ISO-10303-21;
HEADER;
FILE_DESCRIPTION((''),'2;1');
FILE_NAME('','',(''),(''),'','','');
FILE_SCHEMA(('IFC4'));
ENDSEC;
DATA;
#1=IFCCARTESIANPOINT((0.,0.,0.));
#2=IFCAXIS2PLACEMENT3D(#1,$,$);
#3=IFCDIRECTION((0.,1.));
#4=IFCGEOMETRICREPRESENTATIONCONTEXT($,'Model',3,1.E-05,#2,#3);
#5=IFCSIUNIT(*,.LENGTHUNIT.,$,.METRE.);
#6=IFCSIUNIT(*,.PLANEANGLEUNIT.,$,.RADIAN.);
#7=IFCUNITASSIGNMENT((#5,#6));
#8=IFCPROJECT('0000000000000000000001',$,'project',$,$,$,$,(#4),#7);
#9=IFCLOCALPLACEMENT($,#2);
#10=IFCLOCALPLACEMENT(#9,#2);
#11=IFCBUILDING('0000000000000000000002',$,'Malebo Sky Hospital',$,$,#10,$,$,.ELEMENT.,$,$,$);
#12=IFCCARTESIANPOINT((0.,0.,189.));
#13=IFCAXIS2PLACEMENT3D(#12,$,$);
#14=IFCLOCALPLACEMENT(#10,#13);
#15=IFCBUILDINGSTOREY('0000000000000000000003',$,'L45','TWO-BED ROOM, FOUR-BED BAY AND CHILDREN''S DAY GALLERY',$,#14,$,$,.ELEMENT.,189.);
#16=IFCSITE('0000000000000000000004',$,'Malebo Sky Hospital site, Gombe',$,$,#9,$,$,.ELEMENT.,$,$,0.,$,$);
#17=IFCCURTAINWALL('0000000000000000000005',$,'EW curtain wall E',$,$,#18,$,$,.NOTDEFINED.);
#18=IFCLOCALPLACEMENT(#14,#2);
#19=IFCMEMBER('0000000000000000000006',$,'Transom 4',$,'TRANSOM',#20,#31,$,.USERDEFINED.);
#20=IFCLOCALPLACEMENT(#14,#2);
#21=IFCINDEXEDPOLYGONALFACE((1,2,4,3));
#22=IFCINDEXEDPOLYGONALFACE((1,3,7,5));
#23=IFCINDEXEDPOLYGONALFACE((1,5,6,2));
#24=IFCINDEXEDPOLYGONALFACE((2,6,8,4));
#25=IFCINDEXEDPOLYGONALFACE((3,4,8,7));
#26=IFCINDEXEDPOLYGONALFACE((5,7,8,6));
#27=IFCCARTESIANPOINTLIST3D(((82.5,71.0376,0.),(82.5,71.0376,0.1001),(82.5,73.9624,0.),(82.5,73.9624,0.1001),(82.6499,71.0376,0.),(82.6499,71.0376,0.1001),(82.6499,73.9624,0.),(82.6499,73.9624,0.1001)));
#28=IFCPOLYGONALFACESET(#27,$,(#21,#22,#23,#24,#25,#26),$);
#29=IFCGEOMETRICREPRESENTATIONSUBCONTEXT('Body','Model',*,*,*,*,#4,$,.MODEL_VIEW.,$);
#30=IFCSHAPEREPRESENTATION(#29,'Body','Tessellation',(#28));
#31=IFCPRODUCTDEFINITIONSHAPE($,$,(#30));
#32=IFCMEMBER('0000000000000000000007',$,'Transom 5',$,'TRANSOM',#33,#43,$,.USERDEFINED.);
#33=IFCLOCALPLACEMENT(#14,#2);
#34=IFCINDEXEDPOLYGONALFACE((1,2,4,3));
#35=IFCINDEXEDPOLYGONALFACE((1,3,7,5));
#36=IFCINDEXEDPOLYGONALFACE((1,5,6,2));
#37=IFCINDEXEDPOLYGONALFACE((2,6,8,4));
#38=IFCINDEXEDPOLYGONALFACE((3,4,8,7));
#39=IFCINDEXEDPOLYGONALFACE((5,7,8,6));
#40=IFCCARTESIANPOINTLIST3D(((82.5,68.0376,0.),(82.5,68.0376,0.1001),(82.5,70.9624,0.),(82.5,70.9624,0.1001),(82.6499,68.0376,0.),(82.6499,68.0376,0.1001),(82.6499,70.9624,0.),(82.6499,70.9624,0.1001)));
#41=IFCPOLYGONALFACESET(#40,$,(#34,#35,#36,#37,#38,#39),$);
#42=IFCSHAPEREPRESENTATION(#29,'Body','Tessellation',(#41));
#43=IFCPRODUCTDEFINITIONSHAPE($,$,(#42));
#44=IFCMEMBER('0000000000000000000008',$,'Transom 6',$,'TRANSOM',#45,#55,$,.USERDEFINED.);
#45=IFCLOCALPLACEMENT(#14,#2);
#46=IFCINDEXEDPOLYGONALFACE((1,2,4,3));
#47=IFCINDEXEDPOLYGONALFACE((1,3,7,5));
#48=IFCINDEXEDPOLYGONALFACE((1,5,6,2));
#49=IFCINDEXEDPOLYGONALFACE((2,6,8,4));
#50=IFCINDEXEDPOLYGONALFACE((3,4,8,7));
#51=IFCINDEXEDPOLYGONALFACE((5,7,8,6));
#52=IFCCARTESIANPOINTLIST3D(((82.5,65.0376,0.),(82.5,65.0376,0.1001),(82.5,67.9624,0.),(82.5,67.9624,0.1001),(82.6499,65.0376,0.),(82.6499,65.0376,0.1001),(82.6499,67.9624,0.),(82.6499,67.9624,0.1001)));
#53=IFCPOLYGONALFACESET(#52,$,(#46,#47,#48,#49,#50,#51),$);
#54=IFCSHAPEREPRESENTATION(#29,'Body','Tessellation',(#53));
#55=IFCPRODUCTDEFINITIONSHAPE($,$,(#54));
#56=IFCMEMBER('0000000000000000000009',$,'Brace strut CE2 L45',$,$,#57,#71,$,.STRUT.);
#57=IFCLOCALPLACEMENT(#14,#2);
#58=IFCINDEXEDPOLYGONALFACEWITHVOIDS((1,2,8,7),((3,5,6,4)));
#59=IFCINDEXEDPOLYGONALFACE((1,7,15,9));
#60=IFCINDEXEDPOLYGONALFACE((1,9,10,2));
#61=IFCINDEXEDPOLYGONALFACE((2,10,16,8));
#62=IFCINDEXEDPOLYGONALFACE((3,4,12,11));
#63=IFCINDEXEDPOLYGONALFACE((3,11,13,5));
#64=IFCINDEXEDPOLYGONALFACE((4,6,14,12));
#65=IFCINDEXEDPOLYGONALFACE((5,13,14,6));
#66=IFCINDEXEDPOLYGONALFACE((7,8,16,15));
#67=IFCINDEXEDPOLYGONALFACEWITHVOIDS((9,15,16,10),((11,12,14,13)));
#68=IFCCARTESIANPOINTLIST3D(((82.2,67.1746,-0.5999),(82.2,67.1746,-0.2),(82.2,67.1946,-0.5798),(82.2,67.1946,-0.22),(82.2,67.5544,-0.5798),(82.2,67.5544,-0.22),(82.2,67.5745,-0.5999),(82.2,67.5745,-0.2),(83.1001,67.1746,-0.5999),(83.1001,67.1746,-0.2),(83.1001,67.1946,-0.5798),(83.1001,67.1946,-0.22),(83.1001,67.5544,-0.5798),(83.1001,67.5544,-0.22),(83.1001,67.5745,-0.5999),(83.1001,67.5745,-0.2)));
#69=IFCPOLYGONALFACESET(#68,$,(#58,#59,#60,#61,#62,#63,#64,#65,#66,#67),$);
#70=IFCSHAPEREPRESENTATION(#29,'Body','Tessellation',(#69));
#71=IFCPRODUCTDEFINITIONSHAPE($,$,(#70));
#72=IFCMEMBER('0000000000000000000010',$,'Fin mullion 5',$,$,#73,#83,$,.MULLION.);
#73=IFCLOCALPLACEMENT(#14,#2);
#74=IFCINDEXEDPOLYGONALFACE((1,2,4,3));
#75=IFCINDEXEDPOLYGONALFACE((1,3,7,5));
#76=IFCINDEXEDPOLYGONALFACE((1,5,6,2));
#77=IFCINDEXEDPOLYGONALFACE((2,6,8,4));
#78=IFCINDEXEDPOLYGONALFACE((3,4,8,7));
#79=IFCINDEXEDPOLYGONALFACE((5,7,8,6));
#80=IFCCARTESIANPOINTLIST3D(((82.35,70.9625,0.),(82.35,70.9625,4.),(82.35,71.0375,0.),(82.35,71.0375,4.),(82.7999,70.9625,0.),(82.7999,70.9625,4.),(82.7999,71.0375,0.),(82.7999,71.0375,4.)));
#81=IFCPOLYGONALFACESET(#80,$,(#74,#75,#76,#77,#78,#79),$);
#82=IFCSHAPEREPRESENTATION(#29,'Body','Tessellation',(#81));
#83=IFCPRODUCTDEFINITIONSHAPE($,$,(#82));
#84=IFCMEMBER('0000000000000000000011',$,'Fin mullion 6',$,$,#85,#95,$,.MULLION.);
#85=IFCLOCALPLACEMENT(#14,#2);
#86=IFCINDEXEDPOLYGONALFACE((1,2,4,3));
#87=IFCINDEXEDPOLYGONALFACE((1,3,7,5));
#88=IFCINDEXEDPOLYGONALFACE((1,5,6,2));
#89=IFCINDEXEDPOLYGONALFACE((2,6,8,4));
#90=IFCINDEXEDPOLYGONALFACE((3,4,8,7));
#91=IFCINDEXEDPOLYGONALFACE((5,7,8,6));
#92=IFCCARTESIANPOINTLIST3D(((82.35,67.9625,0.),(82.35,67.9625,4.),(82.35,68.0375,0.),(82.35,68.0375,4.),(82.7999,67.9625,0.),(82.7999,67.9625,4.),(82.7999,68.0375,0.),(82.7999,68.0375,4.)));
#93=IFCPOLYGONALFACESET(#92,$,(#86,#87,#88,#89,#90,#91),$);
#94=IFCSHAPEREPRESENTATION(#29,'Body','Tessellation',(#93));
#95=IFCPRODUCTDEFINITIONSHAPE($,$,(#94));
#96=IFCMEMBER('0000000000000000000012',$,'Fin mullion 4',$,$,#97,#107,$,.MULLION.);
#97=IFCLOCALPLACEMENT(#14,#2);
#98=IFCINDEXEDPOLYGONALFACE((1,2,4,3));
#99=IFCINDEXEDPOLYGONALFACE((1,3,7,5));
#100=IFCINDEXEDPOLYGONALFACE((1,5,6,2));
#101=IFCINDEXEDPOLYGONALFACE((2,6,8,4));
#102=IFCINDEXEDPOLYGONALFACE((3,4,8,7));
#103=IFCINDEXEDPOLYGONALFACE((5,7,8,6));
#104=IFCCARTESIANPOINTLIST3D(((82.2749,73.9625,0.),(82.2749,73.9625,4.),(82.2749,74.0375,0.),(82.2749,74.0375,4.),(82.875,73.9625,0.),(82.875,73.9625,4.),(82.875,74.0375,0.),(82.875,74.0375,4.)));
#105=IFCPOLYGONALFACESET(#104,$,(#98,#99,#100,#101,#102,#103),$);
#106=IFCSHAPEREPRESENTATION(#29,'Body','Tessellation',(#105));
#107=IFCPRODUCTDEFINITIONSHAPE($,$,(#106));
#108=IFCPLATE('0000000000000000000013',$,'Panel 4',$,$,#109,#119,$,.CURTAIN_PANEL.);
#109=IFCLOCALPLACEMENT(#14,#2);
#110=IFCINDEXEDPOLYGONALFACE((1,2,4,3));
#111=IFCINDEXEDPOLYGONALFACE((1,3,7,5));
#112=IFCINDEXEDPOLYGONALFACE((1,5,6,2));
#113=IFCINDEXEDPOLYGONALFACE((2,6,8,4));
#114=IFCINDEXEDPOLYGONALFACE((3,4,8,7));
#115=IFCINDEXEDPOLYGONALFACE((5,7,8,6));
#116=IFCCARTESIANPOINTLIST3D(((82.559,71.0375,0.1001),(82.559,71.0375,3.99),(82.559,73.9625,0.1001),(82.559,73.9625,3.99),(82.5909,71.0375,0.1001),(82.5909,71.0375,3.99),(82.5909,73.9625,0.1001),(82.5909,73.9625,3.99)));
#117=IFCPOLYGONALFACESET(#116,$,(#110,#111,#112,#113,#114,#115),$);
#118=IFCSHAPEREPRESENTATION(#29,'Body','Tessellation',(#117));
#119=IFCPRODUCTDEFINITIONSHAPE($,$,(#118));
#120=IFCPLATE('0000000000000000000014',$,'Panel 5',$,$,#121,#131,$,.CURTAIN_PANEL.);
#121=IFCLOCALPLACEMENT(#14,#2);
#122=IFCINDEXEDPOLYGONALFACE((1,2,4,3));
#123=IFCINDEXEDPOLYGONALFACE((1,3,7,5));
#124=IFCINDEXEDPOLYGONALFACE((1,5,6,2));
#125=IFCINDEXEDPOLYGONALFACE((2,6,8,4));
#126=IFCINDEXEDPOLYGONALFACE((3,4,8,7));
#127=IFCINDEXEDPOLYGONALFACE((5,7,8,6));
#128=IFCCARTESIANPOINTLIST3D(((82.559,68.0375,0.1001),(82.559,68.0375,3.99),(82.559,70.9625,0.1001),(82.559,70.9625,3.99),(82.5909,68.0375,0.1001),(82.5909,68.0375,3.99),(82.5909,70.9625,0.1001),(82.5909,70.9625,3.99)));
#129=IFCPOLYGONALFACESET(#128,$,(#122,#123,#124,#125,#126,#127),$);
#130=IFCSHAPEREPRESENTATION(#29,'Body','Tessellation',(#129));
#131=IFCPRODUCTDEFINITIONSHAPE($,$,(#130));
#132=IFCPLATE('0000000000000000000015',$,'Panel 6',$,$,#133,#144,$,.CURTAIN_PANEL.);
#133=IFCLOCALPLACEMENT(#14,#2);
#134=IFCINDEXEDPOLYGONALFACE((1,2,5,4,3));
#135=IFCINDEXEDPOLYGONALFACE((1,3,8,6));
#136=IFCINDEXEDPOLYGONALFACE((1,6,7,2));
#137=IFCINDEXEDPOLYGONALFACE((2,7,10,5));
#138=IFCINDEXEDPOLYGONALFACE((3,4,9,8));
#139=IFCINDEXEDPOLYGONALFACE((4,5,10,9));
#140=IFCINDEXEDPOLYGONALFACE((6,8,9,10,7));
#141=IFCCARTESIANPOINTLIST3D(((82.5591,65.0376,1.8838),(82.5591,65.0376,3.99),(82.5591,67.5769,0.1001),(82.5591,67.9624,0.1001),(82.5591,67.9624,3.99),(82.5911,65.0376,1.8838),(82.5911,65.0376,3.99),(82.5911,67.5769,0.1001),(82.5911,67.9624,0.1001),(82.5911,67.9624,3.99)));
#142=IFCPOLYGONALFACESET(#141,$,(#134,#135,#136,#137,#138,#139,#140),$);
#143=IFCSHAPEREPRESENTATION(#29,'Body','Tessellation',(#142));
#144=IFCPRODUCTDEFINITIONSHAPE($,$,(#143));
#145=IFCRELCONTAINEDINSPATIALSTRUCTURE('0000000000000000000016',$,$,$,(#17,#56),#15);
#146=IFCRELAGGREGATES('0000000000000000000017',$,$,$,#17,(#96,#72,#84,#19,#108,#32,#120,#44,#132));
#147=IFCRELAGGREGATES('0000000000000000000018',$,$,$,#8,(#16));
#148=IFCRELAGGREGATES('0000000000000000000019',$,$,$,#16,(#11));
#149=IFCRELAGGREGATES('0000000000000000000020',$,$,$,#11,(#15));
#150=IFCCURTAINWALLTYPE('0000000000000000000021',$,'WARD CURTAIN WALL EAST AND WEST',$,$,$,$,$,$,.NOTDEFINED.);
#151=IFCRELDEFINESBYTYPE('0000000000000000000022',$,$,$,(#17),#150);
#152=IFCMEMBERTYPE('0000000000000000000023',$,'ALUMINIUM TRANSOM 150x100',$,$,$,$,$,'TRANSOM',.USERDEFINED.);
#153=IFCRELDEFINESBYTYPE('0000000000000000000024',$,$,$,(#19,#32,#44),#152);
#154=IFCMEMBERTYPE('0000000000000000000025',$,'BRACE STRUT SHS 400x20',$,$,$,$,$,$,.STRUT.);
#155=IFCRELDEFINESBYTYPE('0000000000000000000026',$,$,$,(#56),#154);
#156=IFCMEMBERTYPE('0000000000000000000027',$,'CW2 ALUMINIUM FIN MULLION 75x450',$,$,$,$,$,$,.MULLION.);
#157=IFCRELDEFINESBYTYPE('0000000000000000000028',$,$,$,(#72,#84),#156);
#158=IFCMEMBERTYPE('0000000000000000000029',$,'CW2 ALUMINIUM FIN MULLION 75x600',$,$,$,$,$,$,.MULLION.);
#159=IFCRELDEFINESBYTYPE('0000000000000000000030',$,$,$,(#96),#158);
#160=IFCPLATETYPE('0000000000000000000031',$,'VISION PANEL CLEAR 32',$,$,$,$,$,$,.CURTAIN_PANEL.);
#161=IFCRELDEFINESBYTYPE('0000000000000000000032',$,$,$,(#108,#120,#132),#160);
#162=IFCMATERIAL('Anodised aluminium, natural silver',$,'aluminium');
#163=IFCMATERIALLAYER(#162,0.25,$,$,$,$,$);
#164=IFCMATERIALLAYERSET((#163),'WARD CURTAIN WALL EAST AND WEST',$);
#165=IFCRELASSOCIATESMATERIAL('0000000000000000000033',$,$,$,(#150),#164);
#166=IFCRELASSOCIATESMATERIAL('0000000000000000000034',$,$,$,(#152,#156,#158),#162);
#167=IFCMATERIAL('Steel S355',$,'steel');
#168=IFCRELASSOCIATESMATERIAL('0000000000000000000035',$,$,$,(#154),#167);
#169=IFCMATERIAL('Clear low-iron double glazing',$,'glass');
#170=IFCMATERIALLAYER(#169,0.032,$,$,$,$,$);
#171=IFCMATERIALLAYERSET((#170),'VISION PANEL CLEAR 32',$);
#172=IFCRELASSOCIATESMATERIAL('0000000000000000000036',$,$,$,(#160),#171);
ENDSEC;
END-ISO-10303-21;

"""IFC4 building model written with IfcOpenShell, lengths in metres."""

from ifc_helpers import new_model, si_unit, direction, frame, origin, origin_2d, place, context, subcontext, project, spatial, polyline, rectangle, hollow_rectangle, outline, extrude, material, layer, layer_set, material_profile, profile_set, type_object, element, aggregate, save


model = new_model("IFC4")

# Units and contexts
model_context = context("Model", 3, precision=1e-05, world=origin(), true_north=direction((0.0, 1.0)))
body_context = subcontext(model_context, "Body", "Model", "MODEL_VIEW")
ifc_project = project(units=[si_unit("LENGTHUNIT", "METRE"), si_unit("PLANEANGLEUNIT", "RADIAN")], contexts=[model_context])

# Site, building, storey
site_placement = place(None, origin())
site = spatial("IfcSite", under=ifc_project, at=site_placement, Name="Malebo Sky Hospital site, Gombe", CompositionType="ELEMENT", RefElevation=0.0)
building_placement = place(site_placement, origin())
building = spatial("IfcBuilding", under=site, at=building_placement, Name="Malebo Sky Hospital", CompositionType="ELEMENT")
storey_placement = place(building_placement, frame((0.0, 0.0, 189.0)))
storey = spatial("IfcBuildingStorey", under=building, at=storey_placement, Name="L45", Description="TWO-BED ROOM, FOUR-BED BAY AND CHILDREN'S DAY GALLERY", CompositionType="ELEMENT", Elevation=189.0)

# Curtain wall, members
ifc_material_1 = material(Name="Anodised aluminium, natural silver", Category="aluminium")
ifc_layer_1 = layer(ifc_material_1, 0.25)
ifc_layer_set_1 = layer_set([ifc_layer_1], Name="WARD CURTAIN WALL EAST AND WEST")
curtain_wall_type = type_object("IfcCurtainWallType", Name="WARD CURTAIN WALL EAST AND WEST", PredefinedType="NOTDEFINED", material=ifc_layer_set_1)
curtain_wall_placement = place(storey_placement, origin())
curtain_wall = element("IfcCurtainWall", 1, at=curtain_wall_placement, inside=storey, type_object=curtain_wall_type, Name="EW curtain wall E", PredefinedType="NOTDEFINED")
ifc_material_profile_1 = material_profile(ifc_material_1, rectangle(XDim=0.1499, YDim=0.1001, at=origin_2d()), Name="ALUMINIUM TRANSOM 150x100")
ifc_profile_set_1 = profile_set([ifc_material_profile_1], Name="Anodised aluminium, natural silver")
member_type_1 = type_object("IfcMemberType", Name="ALUMINIUM TRANSOM 150x100", ElementType="TRANSOM", PredefinedType="USERDEFINED", material=ifc_profile_set_1)
member_1_placement = place(storey_placement, frame((82.575, 73.9624, 0.05), z_axis=(0.0, -1.0, 0.0), x_axis=(1.0, 0.0, 0.0)))
member_1 = element("IfcMember", 2, at=member_1_placement, type_object=member_type_1, Name="Transom 4", ObjectType="TRANSOM", PredefinedType="USERDEFINED", context=body_context, shape_type="SweptSolid", body=[
    extrude(rectangle(XDim=0.1499, YDim=0.1001, at=origin_2d()), origin(), (0.0, 0.0, 1.0), 2.9248),
])
member_2_placement = place(storey_placement, frame((82.575, 70.9624, 0.05), z_axis=(0.0, -1.0, 0.0), x_axis=(1.0, 0.0, 0.0)))
member_2 = element("IfcMember", 3, at=member_2_placement, type_object=member_type_1, Name="Transom 5", ObjectType="TRANSOM", PredefinedType="USERDEFINED", context=body_context, shape_type="SweptSolid", body=[
    extrude(rectangle(XDim=0.1499, YDim=0.1001, at=origin_2d()), origin(), (0.0, 0.0, 1.0), 2.9248),
])
member_3_placement = place(storey_placement, frame((82.575, 67.9624, 0.05), z_axis=(0.0, -1.0, 0.0), x_axis=(1.0, 0.0, 0.0)))
member_3 = element("IfcMember", 4, at=member_3_placement, type_object=member_type_1, Name="Transom 6", ObjectType="TRANSOM", PredefinedType="USERDEFINED", context=body_context, shape_type="SweptSolid", body=[
    extrude(rectangle(XDim=0.1499, YDim=0.1001, at=origin_2d()), origin(), (0.0, 0.0, 1.0), 2.9248),
])

# Members
ifc_material_2 = material(Name="Steel S355", Category="steel")
ifc_material_profile_2 = material_profile(ifc_material_2, hollow_rectangle(XDim=0.3999, YDim=0.3999, WallThickness=0.02, at=origin_2d()), Name="SHS 400x20")
ifc_profile_set_2 = profile_set([ifc_material_profile_2], Name="Steel S355")
member_type_2 = type_object("IfcMemberType", Name="BRACE STRUT SHS 400x20", PredefinedType="STRUT", material=ifc_profile_set_2)
member_4_placement = place(storey_placement, frame((83.1001, 67.3745, -0.3999), z_axis=(-1.0, 0.0, 0.0), x_axis=(0.0, -1.0, 0.0)))
element("IfcMember", 5, at=member_4_placement, inside=storey, type_object=member_type_2, Name="Brace strut CE2 L45", PredefinedType="STRUT", context=body_context, shape_type="SweptSolid", body=[
    extrude(hollow_rectangle(XDim=0.3999, YDim=0.3999, WallThickness=0.02, at=origin_2d()), origin(), (0.0, 0.0, 1.0), 0.9001),
])
ifc_material_profile_3 = material_profile(ifc_material_1, rectangle(XDim=0.075, YDim=0.45, at=origin_2d()), Name="CW2 ALUMINIUM FIN MULLION 75x450")
ifc_profile_set_3 = profile_set([ifc_material_profile_3], Name="Anodised aluminium, natural silver")
member_type_3 = type_object("IfcMemberType", Name="CW2 ALUMINIUM FIN MULLION 75x450", PredefinedType="MULLION", material=ifc_profile_set_3)
member_5_placement = place(storey_placement, frame((82.575, 71.0, 0.0), z_axis=(0.0, 0.0, 1.0), x_axis=(0.0, -1.0, 0.0)))
member_5 = element("IfcMember", 6, at=member_5_placement, type_object=member_type_3, Name="Fin mullion 5", PredefinedType="MULLION", context=body_context, shape_type="SweptSolid", body=[
    extrude(rectangle(XDim=0.075, YDim=0.45, at=origin_2d()), origin(), (0.0, 0.0, 1.0), 4.0),
])
member_6_placement = place(storey_placement, frame((82.575, 68.0, 0.0), z_axis=(0.0, 0.0, 1.0), x_axis=(0.0, -1.0, 0.0)))
member_6 = element("IfcMember", 7, at=member_6_placement, type_object=member_type_3, Name="Fin mullion 6", PredefinedType="MULLION", context=body_context, shape_type="SweptSolid", body=[
    extrude(rectangle(XDim=0.075, YDim=0.45, at=origin_2d()), origin(), (0.0, 0.0, 1.0), 4.0),
])
ifc_material_profile_4 = material_profile(ifc_material_1, rectangle(XDim=0.075, YDim=0.6001, at=origin_2d()), Name="CW2 ALUMINIUM FIN MULLION 75x600")
ifc_profile_set_4 = profile_set([ifc_material_profile_4], Name="Anodised aluminium, natural silver")
member_type_4 = type_object("IfcMemberType", Name="CW2 ALUMINIUM FIN MULLION 75x600", PredefinedType="MULLION", material=ifc_profile_set_4)
member_7_placement = place(storey_placement, frame((82.575, 74.0, 0.0), z_axis=(0.0, 0.0, 1.0), x_axis=(0.0, -1.0, 0.0)))
member_7 = element("IfcMember", 8, at=member_7_placement, type_object=member_type_4, Name="Fin mullion 4", PredefinedType="MULLION", context=body_context, shape_type="SweptSolid", body=[
    extrude(rectangle(XDim=0.075, YDim=0.6001, at=origin_2d()), origin(), (0.0, 0.0, 1.0), 4.0),
])

# Plates
ifc_material_3 = material(Name="Clear low-iron double glazing", Category="glass")
ifc_layer_2 = layer(ifc_material_3, 0.032)
ifc_layer_set_2 = layer_set([ifc_layer_2], Name="VISION PANEL CLEAR 32")
plate_type = type_object("IfcPlateType", Name="VISION PANEL CLEAR 32", PredefinedType="CURTAIN_PANEL", material=ifc_layer_set_2)
plate_1_placement = place(storey_placement, frame((82.575, 72.5, 0.1001), z_axis=(0.0, 0.0, 1.0), x_axis=(0.0, -1.0, 0.0)))
plate_1 = element("IfcPlate", 9, at=plate_1_placement, type_object=plate_type, Name="Panel 4", PredefinedType="CURTAIN_PANEL", context=body_context, shape_type="SweptSolid", body=[
    extrude(rectangle(XDim=2.925, YDim=0.032, at=origin_2d()), origin(), (0.0, 0.0, 1.0), 3.8899),
])
plate_2_placement = place(storey_placement, frame((82.575, 69.5, 0.1001), z_axis=(0.0, 0.0, 1.0), x_axis=(0.0, -1.0, 0.0)))
plate_2 = element("IfcPlate", 10, at=plate_2_placement, type_object=plate_type, Name="Panel 5", PredefinedType="CURTAIN_PANEL", context=body_context, shape_type="SweptSolid", body=[
    extrude(rectangle(XDim=2.925, YDim=0.032, at=origin_2d()), origin(), (0.0, 0.0, 1.0), 3.8899),
])
plate_3_placement = place(storey_placement, frame((82.575, 66.5, 0.1001), z_axis=(0.0, 0.0, 1.0), x_axis=(0.0, -1.0, 0.0)))
plate_3 = element("IfcPlate", 11, at=plate_3_placement, type_object=plate_type, Name="Panel 6", PredefinedType="CURTAIN_PANEL", context=body_context, shape_type="SweptSolid", body=[
    extrude(outline(polyline([(-1.4624, 0.0), (-1.0769, 0.0), (1.4624, 1.7837), (1.4624, 3.8899), (-1.4624, 3.8899), (-1.4624, 0.0)])), frame((0.0, 0.0161, 0.0), z_axis=(0.0, -1.0, 0.0), x_axis=(1.0, 0.0, 0.0)), (0.0, 0.0, 1.0), 0.032),
])
aggregate(curtain_wall, [member_7, member_5, member_6, member_1, plate_1, member_2, plate_2, member_3, plate_3])

save(model, "model.ifc")
